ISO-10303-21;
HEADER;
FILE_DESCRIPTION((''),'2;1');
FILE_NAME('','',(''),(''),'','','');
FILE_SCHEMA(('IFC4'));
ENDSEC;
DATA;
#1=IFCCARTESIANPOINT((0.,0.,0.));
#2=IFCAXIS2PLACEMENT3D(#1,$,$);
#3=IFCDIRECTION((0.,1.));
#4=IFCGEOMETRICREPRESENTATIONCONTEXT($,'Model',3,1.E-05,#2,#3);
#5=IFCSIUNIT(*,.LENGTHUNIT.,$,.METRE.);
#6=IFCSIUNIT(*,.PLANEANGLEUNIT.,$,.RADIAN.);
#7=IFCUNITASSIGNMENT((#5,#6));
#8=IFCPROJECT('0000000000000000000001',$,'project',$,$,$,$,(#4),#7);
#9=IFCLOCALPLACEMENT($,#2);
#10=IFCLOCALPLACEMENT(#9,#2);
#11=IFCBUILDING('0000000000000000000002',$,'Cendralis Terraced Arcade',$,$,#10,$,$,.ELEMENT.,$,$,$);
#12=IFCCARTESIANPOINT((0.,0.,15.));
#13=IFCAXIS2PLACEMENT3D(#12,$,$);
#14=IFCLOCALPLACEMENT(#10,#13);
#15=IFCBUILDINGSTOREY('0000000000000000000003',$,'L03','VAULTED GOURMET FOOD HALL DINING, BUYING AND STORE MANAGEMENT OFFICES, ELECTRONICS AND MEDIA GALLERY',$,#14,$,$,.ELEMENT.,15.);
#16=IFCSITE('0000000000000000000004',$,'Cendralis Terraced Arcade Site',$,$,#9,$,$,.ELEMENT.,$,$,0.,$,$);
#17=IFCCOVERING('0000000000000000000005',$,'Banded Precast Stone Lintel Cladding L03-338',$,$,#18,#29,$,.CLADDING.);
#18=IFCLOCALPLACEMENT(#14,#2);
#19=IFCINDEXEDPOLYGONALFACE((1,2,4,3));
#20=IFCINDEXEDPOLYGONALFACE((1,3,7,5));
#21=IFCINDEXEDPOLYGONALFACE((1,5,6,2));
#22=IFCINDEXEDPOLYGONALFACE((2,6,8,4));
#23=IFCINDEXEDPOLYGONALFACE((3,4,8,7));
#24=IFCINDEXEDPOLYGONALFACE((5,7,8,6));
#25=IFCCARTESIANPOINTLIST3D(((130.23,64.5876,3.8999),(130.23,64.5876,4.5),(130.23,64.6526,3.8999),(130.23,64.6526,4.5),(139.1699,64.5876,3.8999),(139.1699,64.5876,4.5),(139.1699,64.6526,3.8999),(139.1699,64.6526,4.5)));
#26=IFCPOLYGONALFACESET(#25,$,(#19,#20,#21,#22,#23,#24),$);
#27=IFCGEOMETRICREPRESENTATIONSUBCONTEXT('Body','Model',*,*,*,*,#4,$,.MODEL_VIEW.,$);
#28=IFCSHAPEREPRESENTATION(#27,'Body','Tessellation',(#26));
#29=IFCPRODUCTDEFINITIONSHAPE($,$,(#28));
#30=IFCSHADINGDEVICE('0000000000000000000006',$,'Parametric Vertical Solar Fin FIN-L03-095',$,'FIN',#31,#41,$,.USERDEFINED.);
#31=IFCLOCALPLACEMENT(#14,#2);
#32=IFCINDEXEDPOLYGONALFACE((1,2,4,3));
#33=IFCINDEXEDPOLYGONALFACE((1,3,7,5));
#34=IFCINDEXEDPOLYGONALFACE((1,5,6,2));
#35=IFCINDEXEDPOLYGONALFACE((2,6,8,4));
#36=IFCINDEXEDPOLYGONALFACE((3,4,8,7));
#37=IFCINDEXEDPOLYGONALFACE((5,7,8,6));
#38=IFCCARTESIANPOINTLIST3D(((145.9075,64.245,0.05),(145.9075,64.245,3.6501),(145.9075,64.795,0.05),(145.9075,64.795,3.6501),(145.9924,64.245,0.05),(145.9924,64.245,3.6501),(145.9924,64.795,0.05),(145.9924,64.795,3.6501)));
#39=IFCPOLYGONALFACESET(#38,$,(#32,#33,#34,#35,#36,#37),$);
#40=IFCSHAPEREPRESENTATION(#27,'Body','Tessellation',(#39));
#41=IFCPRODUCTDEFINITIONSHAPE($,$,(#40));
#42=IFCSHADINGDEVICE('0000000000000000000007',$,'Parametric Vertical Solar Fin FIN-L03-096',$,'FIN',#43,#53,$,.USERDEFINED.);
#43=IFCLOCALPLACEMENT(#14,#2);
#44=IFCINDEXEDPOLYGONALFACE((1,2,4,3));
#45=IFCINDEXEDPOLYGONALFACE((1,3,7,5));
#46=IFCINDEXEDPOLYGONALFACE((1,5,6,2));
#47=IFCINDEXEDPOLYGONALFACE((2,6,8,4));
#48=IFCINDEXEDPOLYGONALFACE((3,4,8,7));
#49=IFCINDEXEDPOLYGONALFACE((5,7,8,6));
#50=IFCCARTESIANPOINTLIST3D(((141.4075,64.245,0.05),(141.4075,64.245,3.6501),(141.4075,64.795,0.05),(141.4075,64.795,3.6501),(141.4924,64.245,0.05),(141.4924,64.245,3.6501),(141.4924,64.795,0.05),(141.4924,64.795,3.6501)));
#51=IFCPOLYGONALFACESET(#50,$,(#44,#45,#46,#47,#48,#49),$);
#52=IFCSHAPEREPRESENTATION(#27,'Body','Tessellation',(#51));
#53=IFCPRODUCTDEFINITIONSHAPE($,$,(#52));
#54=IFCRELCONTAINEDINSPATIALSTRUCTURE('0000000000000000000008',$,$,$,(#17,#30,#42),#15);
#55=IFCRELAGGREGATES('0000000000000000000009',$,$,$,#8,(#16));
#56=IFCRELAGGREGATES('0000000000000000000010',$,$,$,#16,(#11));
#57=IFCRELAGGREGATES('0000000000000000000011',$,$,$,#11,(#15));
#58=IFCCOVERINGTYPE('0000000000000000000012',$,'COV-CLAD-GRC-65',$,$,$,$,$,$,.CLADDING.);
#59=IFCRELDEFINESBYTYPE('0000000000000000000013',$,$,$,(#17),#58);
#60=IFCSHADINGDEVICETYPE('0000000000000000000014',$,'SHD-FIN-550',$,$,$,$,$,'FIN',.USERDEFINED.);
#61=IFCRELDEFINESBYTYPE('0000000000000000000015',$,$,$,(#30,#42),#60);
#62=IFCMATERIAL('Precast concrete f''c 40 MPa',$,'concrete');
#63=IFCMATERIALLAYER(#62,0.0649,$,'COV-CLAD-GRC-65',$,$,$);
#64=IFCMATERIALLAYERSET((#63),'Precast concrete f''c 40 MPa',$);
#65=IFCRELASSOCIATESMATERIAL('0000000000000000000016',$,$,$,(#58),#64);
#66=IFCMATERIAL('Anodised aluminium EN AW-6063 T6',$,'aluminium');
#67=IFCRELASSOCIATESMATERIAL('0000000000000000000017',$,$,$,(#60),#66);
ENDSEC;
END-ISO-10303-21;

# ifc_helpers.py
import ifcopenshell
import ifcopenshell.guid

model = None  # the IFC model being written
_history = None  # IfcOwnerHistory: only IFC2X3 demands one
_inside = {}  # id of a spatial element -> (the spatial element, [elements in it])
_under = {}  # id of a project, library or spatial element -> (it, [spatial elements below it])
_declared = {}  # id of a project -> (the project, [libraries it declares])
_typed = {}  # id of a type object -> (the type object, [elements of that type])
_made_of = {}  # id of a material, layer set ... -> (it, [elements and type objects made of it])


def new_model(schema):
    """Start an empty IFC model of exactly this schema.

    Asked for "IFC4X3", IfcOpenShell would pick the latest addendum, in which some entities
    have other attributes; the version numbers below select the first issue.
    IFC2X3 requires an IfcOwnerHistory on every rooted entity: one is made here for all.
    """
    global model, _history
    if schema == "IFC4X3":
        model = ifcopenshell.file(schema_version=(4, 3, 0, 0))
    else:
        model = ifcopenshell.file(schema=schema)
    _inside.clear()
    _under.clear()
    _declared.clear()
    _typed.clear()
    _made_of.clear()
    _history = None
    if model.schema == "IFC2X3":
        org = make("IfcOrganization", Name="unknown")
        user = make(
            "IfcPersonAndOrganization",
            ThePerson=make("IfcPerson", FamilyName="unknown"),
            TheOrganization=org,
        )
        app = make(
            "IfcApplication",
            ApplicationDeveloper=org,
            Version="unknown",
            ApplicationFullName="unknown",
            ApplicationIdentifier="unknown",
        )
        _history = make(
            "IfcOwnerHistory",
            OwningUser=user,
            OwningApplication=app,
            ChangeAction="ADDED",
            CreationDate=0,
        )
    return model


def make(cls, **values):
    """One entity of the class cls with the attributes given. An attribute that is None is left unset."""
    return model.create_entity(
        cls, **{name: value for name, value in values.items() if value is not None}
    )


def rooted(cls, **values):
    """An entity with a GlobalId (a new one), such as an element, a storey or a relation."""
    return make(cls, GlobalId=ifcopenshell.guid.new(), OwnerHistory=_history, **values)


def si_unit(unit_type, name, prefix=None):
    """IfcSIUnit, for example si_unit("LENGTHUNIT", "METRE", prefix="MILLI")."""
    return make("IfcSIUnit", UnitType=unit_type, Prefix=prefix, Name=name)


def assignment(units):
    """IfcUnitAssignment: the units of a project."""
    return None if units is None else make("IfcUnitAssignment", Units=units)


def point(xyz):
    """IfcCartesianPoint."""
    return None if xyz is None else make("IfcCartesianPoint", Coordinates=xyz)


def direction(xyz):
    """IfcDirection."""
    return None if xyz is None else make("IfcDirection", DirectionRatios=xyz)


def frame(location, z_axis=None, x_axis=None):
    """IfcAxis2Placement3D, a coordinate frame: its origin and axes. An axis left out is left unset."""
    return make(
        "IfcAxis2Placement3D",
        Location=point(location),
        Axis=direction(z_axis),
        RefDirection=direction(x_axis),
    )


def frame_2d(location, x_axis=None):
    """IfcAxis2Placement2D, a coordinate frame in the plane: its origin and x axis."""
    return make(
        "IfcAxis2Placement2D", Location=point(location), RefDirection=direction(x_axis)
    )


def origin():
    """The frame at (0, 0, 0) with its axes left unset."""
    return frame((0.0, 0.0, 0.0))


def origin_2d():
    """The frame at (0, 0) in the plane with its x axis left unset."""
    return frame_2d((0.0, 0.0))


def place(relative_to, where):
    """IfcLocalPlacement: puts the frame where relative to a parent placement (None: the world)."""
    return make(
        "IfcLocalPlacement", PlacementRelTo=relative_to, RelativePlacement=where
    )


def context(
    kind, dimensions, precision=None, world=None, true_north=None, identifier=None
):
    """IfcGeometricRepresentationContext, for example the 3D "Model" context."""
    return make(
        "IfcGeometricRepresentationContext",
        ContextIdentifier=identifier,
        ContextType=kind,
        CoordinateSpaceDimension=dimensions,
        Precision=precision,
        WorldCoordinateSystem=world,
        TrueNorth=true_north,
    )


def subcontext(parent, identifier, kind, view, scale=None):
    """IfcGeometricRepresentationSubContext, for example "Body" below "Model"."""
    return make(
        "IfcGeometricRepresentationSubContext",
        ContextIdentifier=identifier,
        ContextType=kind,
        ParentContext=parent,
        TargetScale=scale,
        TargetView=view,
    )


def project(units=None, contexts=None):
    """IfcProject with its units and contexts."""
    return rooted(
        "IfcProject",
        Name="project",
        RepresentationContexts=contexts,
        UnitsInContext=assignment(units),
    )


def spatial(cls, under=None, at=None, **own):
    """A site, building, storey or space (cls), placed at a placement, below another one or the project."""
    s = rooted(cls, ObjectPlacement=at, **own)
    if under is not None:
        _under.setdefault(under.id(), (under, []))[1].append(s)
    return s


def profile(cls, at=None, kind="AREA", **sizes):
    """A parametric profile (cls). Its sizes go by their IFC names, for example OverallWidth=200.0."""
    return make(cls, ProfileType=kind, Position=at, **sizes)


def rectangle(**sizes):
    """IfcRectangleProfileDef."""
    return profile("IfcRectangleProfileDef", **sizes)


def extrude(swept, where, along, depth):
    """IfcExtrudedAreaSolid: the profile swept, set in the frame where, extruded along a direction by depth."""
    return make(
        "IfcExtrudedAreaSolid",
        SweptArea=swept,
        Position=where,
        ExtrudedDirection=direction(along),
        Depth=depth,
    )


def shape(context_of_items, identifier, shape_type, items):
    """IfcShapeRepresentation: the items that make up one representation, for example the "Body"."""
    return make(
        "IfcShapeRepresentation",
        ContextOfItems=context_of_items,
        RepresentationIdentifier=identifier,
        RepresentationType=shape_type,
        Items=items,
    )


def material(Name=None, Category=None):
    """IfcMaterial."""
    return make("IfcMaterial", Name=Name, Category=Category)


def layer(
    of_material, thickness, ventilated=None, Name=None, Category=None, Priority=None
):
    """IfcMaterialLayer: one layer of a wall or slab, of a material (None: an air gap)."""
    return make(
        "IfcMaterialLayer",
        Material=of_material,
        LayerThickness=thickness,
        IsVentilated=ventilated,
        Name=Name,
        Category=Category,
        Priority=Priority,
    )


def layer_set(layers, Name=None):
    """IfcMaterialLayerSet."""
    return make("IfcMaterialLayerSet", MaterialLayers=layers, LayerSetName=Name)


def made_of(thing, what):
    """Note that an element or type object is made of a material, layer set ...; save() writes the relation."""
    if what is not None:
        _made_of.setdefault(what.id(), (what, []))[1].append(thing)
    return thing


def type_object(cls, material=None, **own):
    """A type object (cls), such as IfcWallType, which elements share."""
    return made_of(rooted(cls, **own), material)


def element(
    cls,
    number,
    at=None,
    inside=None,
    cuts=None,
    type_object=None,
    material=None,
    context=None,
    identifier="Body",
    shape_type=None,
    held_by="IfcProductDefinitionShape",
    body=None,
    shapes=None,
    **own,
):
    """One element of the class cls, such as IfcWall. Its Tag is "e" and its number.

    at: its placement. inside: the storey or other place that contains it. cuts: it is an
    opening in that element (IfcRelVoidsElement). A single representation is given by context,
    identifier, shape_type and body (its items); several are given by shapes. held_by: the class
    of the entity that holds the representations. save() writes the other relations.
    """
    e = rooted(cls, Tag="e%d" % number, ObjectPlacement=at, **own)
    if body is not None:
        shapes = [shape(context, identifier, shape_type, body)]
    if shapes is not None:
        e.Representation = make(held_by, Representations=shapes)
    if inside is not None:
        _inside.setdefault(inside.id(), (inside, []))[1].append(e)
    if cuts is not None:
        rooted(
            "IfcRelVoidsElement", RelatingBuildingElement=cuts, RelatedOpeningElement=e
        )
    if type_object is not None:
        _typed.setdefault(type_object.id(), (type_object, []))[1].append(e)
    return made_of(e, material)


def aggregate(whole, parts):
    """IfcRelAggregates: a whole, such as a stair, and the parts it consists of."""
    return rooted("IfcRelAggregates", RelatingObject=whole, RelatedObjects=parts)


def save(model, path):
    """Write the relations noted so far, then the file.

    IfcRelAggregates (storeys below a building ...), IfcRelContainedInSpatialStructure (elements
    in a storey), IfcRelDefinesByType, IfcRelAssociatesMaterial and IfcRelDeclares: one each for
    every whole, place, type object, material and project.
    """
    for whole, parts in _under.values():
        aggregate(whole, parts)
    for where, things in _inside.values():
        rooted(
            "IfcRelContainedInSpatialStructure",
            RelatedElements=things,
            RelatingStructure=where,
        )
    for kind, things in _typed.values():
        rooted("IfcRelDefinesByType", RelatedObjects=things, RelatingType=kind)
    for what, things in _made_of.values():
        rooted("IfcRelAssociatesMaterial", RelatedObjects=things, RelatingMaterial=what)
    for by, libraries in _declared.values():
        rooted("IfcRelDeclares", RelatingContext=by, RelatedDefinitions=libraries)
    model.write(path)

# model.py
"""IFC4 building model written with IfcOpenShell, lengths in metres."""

from ifc_helpers import new_model, si_unit, direction, frame, origin, origin_2d, place, context, subcontext, project, spatial, rectangle, extrude, material, layer, layer_set, type_object, element, save


model = new_model("IFC4")

# Units and contexts
model_context = context("Model", 3, precision=1e-05, world=origin(), true_north=direction((0.0, 1.0)))
body_context = subcontext(model_context, "Body", "Model", "MODEL_VIEW")
ifc_project = project(units=[si_unit("LENGTHUNIT", "METRE"), si_unit("PLANEANGLEUNIT", "RADIAN")], contexts=[model_context])

# Site, building, storey
site_placement = place(None, origin())
site = spatial("IfcSite", under=ifc_project, at=site_placement, Name="Cendralis Terraced Arcade Site", CompositionType="ELEMENT", RefElevation=0.0)
building_placement = place(site_placement, origin())
building = spatial("IfcBuilding", under=site, at=building_placement, Name="Cendralis Terraced Arcade", CompositionType="ELEMENT")
storey_placement = place(building_placement, frame((0.0, 0.0, 15.0)))
storey = spatial("IfcBuildingStorey", under=building, at=storey_placement, Name="L03", Description="VAULTED GOURMET FOOD HALL DINING, BUYING AND STORE MANAGEMENT OFFICES, ELECTRONICS AND MEDIA GALLERY", CompositionType="ELEMENT", Elevation=15.0)

# Shared definitions
ifc_material_1 = material(Name="Anodised aluminium EN AW-6063 T6", Category="aluminium")

# Shared definitions
ifc_material_2 = material(Name="Precast concrete f'c 40 MPa", Category="concrete")

# Covering
ifc_layer_1 = layer(ifc_material_2, 0.0649, Name="COV-CLAD-GRC-65")
ifc_layer_set_1 = layer_set([ifc_layer_1], Name="Precast concrete f'c 40 MPa")
covering_type = type_object("IfcCoveringType", Name="COV-CLAD-GRC-65", PredefinedType="CLADDING", material=ifc_layer_set_1)
covering_1_placement = place(storey_placement, frame((134.7, 64.6201, 3.8999), z_axis=(0.0, 0.0, 1.0), x_axis=(-1.0, 0.0, 0.0)))
element("IfcCovering", 1, at=covering_1_placement, inside=storey, type_object=covering_type, Name="Banded Precast Stone Lintel Cladding L03-338", PredefinedType="CLADDING", context=body_context, shape_type="SweptSolid", body=[
    extrude(rectangle(XDim=8.9399, YDim=0.0649, at=origin_2d()), origin(), (0.0, 0.0, 1.0), 0.6001),
])

# Shading devices
shading_device_type = type_object("IfcShadingDeviceType", Name="SHD-FIN-550", ElementType="FIN", PredefinedType="USERDEFINED", material=ifc_material_1)
for number, where, z_axis, x_axis, name in (
    (2, (145.95, 64.52, 0.05), (0.0, 0.0, 1.0), (-1.0, 0.0, 0.0), "Parametric Vertical Solar Fin FIN-L03-095"),
    (3, (141.45, 64.52, 0.05), (0.0, 0.0, 1.0), (-1.0, 0.0, 0.0), "Parametric Vertical Solar Fin FIN-L03-096"),
):
    element("IfcShadingDevice", number, at=place(storey_placement, frame(where, z_axis=z_axis, x_axis=x_axis)), inside=storey, type_object=shading_device_type, Name=name, ObjectType="FIN", PredefinedType="USERDEFINED", context=body_context, shape_type="SweptSolid", body=[
        extrude(rectangle(XDim=0.085, YDim=0.55, at=origin_2d()), origin(), (0.0, 0.0, 1.0), 3.6001),
    ])

save(model, "model.ifc")
